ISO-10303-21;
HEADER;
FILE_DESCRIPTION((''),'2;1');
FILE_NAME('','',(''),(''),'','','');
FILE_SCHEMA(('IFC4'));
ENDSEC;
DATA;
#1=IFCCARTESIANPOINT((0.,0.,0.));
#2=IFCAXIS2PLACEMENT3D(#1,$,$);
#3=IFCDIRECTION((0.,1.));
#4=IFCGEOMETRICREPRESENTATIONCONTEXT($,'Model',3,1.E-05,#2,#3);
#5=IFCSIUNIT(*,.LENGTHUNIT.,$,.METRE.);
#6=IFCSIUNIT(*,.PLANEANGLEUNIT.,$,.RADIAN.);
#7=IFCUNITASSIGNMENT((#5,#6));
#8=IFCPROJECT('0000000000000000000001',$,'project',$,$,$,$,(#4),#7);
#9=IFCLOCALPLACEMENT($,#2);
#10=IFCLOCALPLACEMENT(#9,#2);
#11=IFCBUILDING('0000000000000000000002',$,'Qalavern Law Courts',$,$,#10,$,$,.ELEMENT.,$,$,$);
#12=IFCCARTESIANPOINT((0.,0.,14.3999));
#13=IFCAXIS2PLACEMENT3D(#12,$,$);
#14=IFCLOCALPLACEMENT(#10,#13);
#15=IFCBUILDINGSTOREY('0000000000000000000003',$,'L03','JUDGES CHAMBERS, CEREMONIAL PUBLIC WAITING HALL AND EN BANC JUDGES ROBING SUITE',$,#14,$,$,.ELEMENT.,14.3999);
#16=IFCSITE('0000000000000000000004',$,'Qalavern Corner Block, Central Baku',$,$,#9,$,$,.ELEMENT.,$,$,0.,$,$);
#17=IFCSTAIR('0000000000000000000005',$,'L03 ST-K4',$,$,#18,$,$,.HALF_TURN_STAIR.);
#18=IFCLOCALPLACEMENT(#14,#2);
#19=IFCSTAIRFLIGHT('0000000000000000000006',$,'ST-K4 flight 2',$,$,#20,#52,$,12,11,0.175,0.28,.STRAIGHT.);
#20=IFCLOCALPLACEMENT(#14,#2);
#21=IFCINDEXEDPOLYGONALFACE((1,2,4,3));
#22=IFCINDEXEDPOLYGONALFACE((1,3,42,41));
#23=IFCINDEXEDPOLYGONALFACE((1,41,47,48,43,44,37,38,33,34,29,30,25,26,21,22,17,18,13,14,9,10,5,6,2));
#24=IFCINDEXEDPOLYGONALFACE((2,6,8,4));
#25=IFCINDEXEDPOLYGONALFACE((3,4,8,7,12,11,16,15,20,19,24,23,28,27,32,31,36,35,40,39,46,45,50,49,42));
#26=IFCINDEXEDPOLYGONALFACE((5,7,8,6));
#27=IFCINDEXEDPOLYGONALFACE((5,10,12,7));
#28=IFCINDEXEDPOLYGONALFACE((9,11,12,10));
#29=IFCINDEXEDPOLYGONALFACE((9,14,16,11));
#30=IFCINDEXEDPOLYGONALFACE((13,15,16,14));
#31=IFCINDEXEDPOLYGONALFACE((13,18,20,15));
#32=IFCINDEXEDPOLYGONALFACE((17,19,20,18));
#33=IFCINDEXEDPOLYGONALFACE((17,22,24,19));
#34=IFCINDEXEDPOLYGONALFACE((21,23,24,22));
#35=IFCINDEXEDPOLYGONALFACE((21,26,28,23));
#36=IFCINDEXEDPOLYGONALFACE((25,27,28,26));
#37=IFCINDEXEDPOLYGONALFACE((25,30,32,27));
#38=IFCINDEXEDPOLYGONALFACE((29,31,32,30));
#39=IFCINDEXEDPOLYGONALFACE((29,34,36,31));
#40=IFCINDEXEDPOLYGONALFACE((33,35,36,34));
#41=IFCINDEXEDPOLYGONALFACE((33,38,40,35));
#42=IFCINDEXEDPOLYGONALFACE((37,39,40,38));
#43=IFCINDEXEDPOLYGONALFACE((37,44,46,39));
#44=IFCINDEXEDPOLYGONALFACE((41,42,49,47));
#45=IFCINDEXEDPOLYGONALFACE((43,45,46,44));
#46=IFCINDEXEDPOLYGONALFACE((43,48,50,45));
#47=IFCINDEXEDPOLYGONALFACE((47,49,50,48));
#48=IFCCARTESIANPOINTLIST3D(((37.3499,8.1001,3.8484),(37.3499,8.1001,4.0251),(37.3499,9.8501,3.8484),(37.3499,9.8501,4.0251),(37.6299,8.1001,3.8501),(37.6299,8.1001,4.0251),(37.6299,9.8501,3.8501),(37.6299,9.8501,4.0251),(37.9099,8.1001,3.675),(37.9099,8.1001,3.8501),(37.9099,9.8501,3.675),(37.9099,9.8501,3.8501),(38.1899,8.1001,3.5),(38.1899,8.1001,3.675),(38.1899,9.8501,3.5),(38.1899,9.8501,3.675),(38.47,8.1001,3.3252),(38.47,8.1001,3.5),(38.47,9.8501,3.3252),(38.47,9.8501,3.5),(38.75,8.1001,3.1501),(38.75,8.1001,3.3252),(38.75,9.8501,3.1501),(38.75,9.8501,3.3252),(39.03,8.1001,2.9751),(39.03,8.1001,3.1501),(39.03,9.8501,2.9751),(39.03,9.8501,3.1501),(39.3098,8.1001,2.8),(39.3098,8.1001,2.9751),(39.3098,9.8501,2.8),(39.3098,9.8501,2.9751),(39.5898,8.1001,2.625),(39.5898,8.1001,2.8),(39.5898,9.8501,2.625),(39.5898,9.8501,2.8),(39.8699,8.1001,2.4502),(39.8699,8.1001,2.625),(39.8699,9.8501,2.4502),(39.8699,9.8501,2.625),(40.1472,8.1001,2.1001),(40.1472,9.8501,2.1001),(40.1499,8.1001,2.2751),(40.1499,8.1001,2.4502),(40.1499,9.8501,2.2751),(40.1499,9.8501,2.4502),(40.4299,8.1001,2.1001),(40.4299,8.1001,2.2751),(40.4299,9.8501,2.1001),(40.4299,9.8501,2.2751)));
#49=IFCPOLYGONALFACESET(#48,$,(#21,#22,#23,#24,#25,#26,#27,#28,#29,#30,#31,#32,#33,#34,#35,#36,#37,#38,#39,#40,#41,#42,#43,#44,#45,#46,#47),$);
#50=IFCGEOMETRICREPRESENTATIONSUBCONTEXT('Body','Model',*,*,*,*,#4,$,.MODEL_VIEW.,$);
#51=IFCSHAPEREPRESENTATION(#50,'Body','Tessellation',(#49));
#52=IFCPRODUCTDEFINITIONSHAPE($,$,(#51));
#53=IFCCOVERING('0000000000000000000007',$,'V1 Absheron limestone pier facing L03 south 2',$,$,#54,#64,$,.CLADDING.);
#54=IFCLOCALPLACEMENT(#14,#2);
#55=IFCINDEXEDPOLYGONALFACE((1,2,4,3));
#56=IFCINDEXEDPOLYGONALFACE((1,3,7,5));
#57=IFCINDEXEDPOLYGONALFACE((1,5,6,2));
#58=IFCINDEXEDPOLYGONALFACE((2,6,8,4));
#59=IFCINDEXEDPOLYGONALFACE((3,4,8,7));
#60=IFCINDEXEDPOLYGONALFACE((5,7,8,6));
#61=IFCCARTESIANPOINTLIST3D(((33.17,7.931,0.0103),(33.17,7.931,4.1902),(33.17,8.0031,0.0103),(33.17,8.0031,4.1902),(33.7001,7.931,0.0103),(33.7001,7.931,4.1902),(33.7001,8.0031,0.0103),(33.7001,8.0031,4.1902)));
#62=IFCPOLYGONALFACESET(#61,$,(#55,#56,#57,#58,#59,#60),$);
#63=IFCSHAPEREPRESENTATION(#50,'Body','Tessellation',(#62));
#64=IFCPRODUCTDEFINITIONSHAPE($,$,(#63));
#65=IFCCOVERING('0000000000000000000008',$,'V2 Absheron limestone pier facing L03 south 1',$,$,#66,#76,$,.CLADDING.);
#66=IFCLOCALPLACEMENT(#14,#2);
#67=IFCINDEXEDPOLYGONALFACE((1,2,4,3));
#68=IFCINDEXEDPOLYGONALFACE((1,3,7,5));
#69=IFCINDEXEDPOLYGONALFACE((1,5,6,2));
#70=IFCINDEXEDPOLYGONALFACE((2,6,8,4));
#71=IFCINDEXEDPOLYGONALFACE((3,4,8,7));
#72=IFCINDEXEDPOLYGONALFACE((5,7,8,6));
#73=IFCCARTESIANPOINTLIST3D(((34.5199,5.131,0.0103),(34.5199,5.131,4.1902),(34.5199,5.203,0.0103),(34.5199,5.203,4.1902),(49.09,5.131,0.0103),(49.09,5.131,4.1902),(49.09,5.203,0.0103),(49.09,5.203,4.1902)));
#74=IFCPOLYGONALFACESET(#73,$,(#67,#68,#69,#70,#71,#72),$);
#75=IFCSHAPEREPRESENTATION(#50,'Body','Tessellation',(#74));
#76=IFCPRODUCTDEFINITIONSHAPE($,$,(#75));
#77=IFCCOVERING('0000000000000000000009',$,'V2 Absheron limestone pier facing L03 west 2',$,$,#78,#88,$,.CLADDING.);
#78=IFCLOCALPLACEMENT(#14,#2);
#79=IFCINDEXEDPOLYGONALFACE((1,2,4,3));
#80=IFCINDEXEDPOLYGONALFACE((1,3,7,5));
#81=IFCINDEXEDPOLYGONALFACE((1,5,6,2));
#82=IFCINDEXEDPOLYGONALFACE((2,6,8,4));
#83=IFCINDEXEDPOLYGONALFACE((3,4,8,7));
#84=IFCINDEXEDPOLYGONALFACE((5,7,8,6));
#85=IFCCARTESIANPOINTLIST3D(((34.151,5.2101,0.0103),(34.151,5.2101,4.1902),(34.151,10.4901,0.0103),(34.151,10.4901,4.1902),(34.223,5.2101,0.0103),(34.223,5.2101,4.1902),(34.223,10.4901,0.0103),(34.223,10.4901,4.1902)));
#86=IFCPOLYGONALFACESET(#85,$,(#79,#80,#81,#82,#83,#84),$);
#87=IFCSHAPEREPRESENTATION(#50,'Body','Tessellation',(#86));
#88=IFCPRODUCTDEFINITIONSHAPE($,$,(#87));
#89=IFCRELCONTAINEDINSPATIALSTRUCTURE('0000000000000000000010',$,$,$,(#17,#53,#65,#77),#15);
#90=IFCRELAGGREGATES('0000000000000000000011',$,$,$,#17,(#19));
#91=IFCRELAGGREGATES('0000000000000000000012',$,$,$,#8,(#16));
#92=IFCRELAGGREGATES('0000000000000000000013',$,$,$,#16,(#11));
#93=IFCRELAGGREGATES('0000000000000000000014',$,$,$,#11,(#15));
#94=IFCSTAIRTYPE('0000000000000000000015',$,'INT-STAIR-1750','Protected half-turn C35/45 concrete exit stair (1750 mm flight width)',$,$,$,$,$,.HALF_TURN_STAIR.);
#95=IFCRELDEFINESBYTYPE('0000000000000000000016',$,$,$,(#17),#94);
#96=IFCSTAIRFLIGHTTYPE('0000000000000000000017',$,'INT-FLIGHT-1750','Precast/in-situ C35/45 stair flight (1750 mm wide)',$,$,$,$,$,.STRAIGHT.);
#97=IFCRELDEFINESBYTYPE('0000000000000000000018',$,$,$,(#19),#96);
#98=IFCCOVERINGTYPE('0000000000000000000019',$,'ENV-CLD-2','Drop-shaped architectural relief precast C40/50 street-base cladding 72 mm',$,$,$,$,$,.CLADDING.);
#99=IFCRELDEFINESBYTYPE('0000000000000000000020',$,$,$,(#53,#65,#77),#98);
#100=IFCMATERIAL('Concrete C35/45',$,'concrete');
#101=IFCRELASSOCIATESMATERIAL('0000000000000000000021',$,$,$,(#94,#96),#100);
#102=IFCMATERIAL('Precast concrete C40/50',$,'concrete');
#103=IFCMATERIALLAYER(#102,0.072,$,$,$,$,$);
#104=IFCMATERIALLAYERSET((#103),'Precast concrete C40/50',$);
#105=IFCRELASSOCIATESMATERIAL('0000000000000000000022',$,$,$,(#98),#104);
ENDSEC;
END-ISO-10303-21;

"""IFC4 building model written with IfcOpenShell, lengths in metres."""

from ifc_helpers import new_model, si_unit, direction, frame, origin, origin_2d, place, context, subcontext, project, spatial, polyline, rectangle, outline, extrude, material, layer, layer_set, type_object, element, aggregate, save


model = new_model("IFC4")

# Units and contexts
model_context = context("Model", 3, precision=1e-05, world=origin(), true_north=direction((0.0, 1.0)))
body_context = subcontext(model_context, "Body", "Model", "MODEL_VIEW")
ifc_project = project(units=[si_unit("LENGTHUNIT", "METRE"), si_unit("PLANEANGLEUNIT", "RADIAN")], contexts=[model_context])

# Site, building, storey
site_placement = place(None, origin())
site = spatial("IfcSite", under=ifc_project, at=site_placement, Name="Qalavern Corner Block, Central Baku", CompositionType="ELEMENT", RefElevation=0.0)
building_placement = place(site_placement, origin())
building = spatial("IfcBuilding", under=site, at=building_placement, Name="Qalavern Law Courts", CompositionType="ELEMENT")
storey_placement = place(building_placement, frame((0.0, 0.0, 14.3999)))
storey = spatial("IfcBuildingStorey", under=building, at=storey_placement, Name="L03", Description="JUDGES CHAMBERS, CEREMONIAL PUBLIC WAITING HALL AND EN BANC JUDGES ROBING SUITE", CompositionType="ELEMENT", Elevation=14.3999)

# Stair, stair flight
ifc_material_1 = material(Name="Concrete C35/45", Category="concrete")
stair_type = type_object("IfcStairType", Name="INT-STAIR-1750", Description="Protected half-turn C35/45 concrete exit stair (1750 mm flight width)", PredefinedType="HALF_TURN_STAIR", material=ifc_material_1)
stair_placement = place(storey_placement, origin())
stair = element("IfcStair", 1, at=stair_placement, inside=storey, type_object=stair_type, Name="L03 ST-K4", PredefinedType="HALF_TURN_STAIR")
stair_flight_type = type_object("IfcStairFlightType", Name="INT-FLIGHT-1750", Description="Precast/in-situ C35/45 stair flight (1750 mm wide)", PredefinedType="STRAIGHT", material=ifc_material_1)
stair_flight_1_placement = place(storey_placement, frame((40.4299, 8.9751, 2.1001), z_axis=(0.0, 0.0, 1.0), x_axis=(-1.0, 0.0, 0.0)))
stair_flight_1 = element("IfcStairFlight", 2, at=stair_flight_1_placement, type_object=stair_flight_type, Name="ST-K4 flight 2", NumberOfRisers=12, NumberOfTreads=11, PredefinedType="STRAIGHT", RiserHeight=0.175, TreadLength=0.28, context=body_context, shape_type="SweptSolid", body=[
    extrude(outline(polyline([(0.0, 0.0), (0.0, 0.175), (0.28, 0.175), (0.28, 0.3501), (0.5601, 0.3501), (0.5601, 0.5249), (0.8401, 0.5249), (0.8401, 0.7), (1.1201, 0.7), (1.1201, 0.875), (1.3999, 0.875), (1.3999, 1.05), (1.6799, 1.05), (1.6799, 1.2251), (1.96, 1.2251), (1.96, 1.3999), (2.24, 1.3999), (2.24, 1.575), (2.52, 1.575), (2.52, 1.75), (2.8, 1.75), (2.8, 1.925), (3.0801, 1.925), (3.0801, 2.1001), (3.0801, 1.7483), (0.2827, 0.0), (0.0, 0.0)])), frame((0.0, 0.875, 0.0), z_axis=(0.0, -1.0, 0.0), x_axis=(1.0, 0.0, 0.0)), (0.0, 0.0, 1.0), 1.75),
])
aggregate(stair, [stair_flight_1])

# Coverings
ifc_material_2 = material(Name="Precast concrete C40/50", Category="concrete")
ifc_layer_1 = layer(ifc_material_2, 0.072)
ifc_layer_set_1 = layer_set([ifc_layer_1], Name="Precast concrete C40/50")
covering_type = type_object("IfcCoveringType", Name="ENV-CLD-2", Description="Drop-shaped architectural relief precast C40/50 street-base cladding 72 mm", PredefinedType="CLADDING", material=ifc_layer_set_1)
covering_1_placement = place(storey_placement, frame((33.4351, 7.967, 0.0103), z_axis=(0.0, 0.0, 1.0), x_axis=(1.0, 0.0, 0.0)))
element("IfcCovering", 3, at=covering_1_placement, inside=storey, type_object=covering_type, Name="V1 Absheron limestone pier facing L03 south 2", PredefinedType="CLADDING", context=body_context, shape_type="SweptSolid", body=[
    extrude(rectangle(XDim=0.53, YDim=0.072, at=origin_2d()), origin(), (0.0, 0.0, 1.0), 4.1799),
])
covering_2_placement = place(storey_placement, frame((41.8049, 5.167, 0.0103), z_axis=(0.0, 0.0, 1.0), x_axis=(1.0, 0.0, 0.0)))
element("IfcCovering", 4, at=covering_2_placement, inside=storey, type_object=covering_type, Name="V2 Absheron limestone pier facing L03 south 1", PredefinedType="CLADDING", context=body_context, shape_type="SweptSolid", body=[
    extrude(rectangle(XDim=14.5701, YDim=0.072, at=origin_2d()), origin(), (0.0, 0.0, 1.0), 4.1799),
])
covering_3_placement = place(storey_placement, frame((34.187, 7.8501, 0.0103), z_axis=(0.0, 0.0, 1.0), x_axis=(0.0, -1.0, 0.0)))
element("IfcCovering", 5, at=covering_3_placement, inside=storey, type_object=covering_type, Name="V2 Absheron limestone pier facing L03 west 2", PredefinedType="CLADDING", context=body_context, shape_type="SweptSolid", body=[
    extrude(rectangle(XDim=5.28, YDim=0.072, at=origin_2d()), origin(), (0.0, 0.0, 1.0), 4.1799),
])

save(model, "model.ifc")
